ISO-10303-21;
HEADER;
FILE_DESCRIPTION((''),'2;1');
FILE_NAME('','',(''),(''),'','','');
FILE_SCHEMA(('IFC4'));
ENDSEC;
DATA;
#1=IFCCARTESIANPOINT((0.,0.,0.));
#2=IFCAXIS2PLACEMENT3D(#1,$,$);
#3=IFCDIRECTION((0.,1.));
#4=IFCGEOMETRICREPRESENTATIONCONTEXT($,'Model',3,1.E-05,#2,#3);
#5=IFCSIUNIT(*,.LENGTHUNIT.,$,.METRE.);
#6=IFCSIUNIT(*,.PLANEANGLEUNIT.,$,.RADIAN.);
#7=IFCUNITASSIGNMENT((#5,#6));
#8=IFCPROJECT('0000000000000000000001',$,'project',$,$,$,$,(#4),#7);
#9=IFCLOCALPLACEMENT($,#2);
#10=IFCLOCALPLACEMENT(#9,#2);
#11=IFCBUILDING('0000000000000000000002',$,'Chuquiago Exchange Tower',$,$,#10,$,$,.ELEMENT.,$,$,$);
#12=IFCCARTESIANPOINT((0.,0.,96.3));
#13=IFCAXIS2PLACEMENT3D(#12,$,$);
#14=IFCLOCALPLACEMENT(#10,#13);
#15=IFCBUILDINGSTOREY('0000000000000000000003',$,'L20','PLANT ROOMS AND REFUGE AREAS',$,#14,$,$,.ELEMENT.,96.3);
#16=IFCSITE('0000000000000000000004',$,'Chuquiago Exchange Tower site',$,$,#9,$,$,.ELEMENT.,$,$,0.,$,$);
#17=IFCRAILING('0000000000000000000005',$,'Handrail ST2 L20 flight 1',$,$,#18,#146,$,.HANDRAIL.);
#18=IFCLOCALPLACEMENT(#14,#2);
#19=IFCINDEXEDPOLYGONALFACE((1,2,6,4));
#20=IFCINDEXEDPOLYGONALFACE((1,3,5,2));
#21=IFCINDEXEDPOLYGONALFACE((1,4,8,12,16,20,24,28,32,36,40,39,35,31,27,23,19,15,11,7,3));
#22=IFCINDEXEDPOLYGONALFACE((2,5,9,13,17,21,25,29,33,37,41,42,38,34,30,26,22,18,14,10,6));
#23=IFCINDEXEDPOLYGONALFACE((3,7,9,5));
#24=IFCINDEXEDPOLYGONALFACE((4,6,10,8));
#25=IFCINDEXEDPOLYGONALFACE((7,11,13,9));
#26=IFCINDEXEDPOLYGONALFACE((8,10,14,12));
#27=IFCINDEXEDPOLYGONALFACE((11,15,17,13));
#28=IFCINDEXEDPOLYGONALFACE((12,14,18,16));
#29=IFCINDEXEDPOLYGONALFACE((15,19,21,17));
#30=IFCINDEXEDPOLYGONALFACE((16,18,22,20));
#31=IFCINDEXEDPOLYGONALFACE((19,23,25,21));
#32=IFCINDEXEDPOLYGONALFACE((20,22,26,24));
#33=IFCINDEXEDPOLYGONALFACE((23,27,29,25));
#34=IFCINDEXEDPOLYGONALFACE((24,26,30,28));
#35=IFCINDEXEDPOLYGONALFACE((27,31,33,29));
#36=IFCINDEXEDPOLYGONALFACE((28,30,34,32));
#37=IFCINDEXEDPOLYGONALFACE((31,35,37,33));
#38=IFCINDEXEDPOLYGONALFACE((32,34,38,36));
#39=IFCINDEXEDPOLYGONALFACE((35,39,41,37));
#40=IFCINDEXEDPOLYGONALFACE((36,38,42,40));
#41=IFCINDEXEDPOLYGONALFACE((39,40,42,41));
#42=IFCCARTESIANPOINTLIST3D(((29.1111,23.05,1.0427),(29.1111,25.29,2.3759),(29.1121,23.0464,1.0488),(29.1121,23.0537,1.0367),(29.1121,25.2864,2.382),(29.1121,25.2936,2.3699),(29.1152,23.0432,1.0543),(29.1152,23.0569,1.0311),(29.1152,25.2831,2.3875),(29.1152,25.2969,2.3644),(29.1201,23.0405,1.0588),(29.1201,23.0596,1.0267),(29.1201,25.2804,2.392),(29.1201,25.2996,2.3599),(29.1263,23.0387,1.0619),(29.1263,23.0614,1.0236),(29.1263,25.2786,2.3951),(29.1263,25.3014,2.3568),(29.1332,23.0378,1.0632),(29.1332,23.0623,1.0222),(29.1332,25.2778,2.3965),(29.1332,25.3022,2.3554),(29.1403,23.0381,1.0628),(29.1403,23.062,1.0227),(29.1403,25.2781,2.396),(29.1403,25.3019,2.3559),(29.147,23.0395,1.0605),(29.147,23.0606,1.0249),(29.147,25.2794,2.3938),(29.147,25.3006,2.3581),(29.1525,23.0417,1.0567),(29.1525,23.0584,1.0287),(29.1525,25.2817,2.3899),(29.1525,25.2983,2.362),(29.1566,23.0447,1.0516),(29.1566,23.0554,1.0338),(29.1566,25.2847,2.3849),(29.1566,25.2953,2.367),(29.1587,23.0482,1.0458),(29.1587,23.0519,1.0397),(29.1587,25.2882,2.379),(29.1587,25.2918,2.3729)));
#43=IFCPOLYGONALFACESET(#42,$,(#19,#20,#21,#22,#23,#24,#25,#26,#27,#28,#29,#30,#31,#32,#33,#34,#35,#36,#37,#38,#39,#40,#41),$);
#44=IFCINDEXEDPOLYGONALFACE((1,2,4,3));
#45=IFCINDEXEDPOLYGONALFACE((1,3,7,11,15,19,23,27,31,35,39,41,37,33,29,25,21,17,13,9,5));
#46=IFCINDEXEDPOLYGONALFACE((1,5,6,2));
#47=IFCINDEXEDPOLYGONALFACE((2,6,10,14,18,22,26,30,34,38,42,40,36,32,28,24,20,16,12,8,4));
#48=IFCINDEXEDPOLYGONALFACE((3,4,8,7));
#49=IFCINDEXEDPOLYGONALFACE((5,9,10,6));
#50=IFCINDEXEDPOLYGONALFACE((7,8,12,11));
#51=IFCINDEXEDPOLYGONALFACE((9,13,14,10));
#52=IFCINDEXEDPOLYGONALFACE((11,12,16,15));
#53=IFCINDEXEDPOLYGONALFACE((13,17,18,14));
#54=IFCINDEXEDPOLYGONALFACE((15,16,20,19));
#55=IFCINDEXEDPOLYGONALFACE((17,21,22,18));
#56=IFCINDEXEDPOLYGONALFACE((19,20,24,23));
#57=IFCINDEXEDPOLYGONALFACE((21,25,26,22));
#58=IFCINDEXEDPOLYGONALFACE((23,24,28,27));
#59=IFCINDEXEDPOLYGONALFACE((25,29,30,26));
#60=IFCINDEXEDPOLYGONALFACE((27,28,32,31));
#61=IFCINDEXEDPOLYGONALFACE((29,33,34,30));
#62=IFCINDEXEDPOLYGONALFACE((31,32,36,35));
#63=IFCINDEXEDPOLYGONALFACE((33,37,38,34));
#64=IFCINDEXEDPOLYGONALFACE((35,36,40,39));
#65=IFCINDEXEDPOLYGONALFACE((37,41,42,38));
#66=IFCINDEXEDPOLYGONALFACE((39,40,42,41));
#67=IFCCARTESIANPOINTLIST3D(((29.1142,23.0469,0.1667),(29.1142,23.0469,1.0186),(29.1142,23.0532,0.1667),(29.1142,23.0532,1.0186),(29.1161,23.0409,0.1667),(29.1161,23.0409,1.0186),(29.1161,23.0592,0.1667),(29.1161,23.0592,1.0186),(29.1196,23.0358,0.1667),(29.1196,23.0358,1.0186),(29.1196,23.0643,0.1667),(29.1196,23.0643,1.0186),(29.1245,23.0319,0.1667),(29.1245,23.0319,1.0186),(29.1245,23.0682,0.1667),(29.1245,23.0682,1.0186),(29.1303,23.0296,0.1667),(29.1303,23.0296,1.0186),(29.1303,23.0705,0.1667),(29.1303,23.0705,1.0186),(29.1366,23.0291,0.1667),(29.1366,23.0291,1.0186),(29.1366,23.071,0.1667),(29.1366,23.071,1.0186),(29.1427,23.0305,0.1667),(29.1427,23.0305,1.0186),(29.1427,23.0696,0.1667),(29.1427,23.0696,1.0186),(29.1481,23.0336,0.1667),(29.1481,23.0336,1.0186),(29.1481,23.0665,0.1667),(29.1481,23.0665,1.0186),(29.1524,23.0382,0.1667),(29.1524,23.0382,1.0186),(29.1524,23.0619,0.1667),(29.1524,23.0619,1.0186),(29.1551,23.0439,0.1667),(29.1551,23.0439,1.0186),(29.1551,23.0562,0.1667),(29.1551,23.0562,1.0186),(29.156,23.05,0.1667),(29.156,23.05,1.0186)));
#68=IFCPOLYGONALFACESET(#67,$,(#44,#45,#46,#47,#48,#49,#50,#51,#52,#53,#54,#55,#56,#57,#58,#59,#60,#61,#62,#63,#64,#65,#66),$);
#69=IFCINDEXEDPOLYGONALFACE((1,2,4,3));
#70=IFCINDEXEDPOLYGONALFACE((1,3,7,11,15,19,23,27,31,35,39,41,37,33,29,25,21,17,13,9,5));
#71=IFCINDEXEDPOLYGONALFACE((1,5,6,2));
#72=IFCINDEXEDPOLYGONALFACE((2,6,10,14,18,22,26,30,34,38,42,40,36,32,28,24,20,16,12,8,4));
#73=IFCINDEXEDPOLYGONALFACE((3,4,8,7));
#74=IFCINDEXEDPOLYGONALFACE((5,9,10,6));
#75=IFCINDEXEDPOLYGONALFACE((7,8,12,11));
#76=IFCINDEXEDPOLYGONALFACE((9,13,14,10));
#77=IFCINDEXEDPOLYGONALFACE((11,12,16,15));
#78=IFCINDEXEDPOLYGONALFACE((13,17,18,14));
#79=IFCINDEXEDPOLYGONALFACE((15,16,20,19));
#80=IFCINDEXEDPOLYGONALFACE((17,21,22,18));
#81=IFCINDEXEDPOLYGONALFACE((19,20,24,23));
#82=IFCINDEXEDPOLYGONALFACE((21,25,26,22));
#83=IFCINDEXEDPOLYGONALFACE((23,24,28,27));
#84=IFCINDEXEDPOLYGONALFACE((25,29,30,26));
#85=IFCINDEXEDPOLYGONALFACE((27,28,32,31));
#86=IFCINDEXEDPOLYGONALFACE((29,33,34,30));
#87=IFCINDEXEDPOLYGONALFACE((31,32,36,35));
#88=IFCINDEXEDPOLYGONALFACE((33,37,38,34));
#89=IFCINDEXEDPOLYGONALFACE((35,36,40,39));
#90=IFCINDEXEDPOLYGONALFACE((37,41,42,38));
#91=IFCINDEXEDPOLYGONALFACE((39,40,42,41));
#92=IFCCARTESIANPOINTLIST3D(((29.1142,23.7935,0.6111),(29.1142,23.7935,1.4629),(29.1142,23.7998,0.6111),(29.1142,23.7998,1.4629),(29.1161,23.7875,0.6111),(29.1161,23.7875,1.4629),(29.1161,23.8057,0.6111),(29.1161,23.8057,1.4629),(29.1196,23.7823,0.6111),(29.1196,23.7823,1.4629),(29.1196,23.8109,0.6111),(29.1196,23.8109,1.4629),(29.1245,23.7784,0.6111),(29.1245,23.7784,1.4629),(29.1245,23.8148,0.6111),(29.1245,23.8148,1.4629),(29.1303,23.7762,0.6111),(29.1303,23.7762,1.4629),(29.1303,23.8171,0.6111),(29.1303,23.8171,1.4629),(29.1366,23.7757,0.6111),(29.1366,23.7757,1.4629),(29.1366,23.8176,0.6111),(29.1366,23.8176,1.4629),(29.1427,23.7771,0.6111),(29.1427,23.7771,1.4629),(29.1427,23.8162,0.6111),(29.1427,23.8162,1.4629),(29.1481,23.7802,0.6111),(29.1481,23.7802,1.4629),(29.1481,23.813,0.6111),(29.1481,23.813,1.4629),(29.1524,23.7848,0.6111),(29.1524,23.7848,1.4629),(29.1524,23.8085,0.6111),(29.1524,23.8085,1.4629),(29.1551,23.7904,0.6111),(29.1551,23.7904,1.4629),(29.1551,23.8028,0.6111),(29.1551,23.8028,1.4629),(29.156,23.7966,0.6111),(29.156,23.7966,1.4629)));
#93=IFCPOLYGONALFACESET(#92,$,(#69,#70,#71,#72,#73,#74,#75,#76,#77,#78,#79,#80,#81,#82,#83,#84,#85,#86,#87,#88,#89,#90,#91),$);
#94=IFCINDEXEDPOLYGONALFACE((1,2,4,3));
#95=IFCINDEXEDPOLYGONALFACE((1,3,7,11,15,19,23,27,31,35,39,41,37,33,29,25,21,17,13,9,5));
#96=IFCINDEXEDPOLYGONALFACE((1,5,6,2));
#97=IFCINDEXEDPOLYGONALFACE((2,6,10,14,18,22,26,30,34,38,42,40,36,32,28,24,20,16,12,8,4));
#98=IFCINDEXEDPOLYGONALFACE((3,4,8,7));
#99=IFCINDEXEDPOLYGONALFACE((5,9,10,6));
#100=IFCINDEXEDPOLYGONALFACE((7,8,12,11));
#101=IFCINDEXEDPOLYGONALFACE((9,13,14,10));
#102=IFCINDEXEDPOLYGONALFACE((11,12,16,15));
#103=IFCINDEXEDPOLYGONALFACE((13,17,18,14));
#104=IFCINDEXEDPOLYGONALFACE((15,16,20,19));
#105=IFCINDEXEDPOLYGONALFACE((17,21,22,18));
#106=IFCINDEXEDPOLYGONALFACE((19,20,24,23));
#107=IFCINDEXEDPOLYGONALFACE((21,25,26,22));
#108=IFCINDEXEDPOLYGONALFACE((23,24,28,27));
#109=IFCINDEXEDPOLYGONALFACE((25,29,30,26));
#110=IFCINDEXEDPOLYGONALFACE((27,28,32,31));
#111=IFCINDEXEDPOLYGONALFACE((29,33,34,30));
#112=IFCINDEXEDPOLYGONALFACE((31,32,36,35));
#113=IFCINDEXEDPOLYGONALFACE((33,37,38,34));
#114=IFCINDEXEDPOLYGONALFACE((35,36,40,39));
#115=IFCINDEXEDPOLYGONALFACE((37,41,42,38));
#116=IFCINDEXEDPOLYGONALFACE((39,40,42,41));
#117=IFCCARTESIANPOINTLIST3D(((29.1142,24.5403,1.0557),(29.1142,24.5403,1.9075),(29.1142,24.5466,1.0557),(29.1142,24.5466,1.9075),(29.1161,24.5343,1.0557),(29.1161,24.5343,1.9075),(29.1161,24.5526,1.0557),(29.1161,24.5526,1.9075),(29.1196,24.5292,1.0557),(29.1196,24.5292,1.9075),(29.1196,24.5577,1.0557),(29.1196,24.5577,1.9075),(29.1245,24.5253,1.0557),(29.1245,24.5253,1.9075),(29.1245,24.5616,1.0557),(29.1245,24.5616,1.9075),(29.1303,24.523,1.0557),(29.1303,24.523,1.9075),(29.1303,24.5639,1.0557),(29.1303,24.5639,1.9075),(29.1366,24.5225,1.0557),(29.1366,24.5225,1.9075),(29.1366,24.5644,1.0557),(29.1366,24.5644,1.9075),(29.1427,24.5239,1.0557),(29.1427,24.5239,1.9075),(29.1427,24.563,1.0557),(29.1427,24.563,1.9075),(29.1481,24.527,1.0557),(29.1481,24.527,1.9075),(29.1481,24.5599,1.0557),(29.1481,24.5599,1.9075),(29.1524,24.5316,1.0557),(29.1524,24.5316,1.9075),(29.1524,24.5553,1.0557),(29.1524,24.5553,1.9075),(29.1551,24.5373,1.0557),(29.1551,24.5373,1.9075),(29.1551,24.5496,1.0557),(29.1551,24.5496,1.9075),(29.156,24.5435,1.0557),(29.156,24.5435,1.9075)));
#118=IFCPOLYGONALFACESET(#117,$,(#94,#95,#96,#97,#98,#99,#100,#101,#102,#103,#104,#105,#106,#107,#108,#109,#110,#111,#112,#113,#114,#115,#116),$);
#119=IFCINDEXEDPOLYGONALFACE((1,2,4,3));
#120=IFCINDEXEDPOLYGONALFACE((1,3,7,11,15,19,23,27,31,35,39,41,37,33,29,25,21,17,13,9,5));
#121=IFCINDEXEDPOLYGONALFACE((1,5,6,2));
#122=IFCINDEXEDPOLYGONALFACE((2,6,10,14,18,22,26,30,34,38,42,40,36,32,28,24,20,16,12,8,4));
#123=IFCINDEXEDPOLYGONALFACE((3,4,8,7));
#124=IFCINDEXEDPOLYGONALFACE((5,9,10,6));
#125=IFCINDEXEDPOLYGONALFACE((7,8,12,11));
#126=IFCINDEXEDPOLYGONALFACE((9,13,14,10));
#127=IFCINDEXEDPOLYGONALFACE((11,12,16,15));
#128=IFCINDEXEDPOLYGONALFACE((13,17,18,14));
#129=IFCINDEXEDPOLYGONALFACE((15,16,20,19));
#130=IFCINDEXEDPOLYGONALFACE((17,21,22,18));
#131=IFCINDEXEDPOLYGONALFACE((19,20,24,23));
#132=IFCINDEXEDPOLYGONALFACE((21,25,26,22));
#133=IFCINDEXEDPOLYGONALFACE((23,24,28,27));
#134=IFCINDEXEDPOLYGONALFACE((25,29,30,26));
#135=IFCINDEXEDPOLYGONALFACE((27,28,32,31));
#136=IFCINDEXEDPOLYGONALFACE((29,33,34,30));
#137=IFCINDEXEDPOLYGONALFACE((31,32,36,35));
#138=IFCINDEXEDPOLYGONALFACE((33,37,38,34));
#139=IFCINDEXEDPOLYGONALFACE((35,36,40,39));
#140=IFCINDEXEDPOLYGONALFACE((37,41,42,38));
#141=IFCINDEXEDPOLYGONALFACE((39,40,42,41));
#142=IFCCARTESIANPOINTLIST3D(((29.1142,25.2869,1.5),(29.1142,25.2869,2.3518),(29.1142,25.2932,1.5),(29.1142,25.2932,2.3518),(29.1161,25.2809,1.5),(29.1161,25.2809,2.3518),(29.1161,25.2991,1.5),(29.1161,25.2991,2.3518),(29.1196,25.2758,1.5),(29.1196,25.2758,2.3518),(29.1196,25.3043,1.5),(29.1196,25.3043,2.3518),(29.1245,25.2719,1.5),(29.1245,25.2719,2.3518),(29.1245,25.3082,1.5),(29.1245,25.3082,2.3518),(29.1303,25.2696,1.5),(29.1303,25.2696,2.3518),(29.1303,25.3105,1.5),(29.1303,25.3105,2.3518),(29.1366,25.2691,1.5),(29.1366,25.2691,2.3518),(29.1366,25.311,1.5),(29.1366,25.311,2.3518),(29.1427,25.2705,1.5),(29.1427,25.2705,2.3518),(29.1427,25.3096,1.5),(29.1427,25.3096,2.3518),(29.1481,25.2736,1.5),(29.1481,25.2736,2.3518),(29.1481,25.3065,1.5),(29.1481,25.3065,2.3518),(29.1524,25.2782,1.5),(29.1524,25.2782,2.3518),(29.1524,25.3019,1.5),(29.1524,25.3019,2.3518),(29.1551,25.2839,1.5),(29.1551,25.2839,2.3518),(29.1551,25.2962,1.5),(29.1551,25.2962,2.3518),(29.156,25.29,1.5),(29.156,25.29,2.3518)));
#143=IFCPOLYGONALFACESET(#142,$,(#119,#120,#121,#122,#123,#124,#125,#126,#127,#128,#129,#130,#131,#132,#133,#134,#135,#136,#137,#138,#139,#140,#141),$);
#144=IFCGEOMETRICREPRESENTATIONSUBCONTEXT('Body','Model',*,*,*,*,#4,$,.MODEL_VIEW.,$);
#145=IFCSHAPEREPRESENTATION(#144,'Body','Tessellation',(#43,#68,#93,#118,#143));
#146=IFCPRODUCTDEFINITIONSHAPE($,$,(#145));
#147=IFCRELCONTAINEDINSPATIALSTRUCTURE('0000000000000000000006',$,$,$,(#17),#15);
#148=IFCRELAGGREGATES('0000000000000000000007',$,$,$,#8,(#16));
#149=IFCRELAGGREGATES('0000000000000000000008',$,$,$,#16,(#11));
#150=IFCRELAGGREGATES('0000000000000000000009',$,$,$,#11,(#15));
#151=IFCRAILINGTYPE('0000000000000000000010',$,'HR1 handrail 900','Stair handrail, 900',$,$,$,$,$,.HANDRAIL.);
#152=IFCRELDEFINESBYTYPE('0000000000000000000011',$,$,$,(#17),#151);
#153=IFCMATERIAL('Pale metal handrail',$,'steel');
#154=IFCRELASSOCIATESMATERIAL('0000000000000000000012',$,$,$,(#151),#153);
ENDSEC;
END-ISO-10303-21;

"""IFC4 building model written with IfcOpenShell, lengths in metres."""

from ifc_helpers import new_model, si_unit, direction, frame, origin, origin_2d, place, context, subcontext, project, spatial, circle, extrude, material, type_object, element, save


model = new_model("IFC4")

# Units and contexts
model_context = context("Model", 3, precision=1e-05, world=origin(), true_north=direction((0.0, 1.0)))
body_context = subcontext(model_context, "Body", "Model", "MODEL_VIEW")
ifc_project = project(units=[si_unit("LENGTHUNIT", "METRE"), si_unit("PLANEANGLEUNIT", "RADIAN")], contexts=[model_context])

# Site, building, storey
site_placement = place(None, origin())
site = spatial("IfcSite", under=ifc_project, at=site_placement, Name="Chuquiago Exchange Tower site", CompositionType="ELEMENT", RefElevation=0.0)
building_placement = place(site_placement, origin())
building = spatial("IfcBuilding", under=site, at=building_placement, Name="Chuquiago Exchange Tower", CompositionType="ELEMENT")
storey_placement = place(building_placement, frame((0.0, 0.0, 96.3)))
storey = spatial("IfcBuildingStorey", under=building, at=storey_placement, Name="L20", Description="PLANT ROOMS AND REFUGE AREAS", CompositionType="ELEMENT", Elevation=96.3)

# Railing
ifc_material_1 = material(Name="Pale metal handrail", Category="steel")
railing_type = type_object("IfcRailingType", Name="HR1 handrail 900", Description="Stair handrail, 900", PredefinedType="HANDRAIL", material=ifc_material_1)
for number, where, name in (
    (1, (29.135, 23.05, 0.1667), "Handrail ST2 L20 flight 1"),
):
    element("IfcRailing", number, at=place(storey_placement, frame(where)), inside=storey, type_object=railing_type, Name=name, PredefinedType="HANDRAIL", context=body_context, shape_type="SweptSolid", body=[
        extrude(circle(Radius=0.0239, at=origin_2d()), frame((0.0, 0.0, 0.876), z_axis=(0.0, 0.859306, 0.511462), x_axis=(-1.0, 0.0, 0.0)), (0.0, 0.0, 1.0), 2.6067),
        extrude(circle(Radius=0.021, at=origin_2d()), origin(), (0.0, 0.0, 1.0), 0.8518),
        extrude(circle(Radius=0.021, at=origin_2d()), frame((0.0, 0.7466, 0.4443)), (0.0, 0.0, 1.0), 0.8518),
        extrude(circle(Radius=0.021, at=origin_2d()), frame((0.0, 1.4934, 0.8889)), (0.0, 0.0, 1.0), 0.8518),
        extrude(circle(Radius=0.021, at=origin_2d()), frame((0.0, 2.24, 1.3333)), (0.0, 0.0, 1.0), 0.8518),
    ])

save(model, "model.ifc")
